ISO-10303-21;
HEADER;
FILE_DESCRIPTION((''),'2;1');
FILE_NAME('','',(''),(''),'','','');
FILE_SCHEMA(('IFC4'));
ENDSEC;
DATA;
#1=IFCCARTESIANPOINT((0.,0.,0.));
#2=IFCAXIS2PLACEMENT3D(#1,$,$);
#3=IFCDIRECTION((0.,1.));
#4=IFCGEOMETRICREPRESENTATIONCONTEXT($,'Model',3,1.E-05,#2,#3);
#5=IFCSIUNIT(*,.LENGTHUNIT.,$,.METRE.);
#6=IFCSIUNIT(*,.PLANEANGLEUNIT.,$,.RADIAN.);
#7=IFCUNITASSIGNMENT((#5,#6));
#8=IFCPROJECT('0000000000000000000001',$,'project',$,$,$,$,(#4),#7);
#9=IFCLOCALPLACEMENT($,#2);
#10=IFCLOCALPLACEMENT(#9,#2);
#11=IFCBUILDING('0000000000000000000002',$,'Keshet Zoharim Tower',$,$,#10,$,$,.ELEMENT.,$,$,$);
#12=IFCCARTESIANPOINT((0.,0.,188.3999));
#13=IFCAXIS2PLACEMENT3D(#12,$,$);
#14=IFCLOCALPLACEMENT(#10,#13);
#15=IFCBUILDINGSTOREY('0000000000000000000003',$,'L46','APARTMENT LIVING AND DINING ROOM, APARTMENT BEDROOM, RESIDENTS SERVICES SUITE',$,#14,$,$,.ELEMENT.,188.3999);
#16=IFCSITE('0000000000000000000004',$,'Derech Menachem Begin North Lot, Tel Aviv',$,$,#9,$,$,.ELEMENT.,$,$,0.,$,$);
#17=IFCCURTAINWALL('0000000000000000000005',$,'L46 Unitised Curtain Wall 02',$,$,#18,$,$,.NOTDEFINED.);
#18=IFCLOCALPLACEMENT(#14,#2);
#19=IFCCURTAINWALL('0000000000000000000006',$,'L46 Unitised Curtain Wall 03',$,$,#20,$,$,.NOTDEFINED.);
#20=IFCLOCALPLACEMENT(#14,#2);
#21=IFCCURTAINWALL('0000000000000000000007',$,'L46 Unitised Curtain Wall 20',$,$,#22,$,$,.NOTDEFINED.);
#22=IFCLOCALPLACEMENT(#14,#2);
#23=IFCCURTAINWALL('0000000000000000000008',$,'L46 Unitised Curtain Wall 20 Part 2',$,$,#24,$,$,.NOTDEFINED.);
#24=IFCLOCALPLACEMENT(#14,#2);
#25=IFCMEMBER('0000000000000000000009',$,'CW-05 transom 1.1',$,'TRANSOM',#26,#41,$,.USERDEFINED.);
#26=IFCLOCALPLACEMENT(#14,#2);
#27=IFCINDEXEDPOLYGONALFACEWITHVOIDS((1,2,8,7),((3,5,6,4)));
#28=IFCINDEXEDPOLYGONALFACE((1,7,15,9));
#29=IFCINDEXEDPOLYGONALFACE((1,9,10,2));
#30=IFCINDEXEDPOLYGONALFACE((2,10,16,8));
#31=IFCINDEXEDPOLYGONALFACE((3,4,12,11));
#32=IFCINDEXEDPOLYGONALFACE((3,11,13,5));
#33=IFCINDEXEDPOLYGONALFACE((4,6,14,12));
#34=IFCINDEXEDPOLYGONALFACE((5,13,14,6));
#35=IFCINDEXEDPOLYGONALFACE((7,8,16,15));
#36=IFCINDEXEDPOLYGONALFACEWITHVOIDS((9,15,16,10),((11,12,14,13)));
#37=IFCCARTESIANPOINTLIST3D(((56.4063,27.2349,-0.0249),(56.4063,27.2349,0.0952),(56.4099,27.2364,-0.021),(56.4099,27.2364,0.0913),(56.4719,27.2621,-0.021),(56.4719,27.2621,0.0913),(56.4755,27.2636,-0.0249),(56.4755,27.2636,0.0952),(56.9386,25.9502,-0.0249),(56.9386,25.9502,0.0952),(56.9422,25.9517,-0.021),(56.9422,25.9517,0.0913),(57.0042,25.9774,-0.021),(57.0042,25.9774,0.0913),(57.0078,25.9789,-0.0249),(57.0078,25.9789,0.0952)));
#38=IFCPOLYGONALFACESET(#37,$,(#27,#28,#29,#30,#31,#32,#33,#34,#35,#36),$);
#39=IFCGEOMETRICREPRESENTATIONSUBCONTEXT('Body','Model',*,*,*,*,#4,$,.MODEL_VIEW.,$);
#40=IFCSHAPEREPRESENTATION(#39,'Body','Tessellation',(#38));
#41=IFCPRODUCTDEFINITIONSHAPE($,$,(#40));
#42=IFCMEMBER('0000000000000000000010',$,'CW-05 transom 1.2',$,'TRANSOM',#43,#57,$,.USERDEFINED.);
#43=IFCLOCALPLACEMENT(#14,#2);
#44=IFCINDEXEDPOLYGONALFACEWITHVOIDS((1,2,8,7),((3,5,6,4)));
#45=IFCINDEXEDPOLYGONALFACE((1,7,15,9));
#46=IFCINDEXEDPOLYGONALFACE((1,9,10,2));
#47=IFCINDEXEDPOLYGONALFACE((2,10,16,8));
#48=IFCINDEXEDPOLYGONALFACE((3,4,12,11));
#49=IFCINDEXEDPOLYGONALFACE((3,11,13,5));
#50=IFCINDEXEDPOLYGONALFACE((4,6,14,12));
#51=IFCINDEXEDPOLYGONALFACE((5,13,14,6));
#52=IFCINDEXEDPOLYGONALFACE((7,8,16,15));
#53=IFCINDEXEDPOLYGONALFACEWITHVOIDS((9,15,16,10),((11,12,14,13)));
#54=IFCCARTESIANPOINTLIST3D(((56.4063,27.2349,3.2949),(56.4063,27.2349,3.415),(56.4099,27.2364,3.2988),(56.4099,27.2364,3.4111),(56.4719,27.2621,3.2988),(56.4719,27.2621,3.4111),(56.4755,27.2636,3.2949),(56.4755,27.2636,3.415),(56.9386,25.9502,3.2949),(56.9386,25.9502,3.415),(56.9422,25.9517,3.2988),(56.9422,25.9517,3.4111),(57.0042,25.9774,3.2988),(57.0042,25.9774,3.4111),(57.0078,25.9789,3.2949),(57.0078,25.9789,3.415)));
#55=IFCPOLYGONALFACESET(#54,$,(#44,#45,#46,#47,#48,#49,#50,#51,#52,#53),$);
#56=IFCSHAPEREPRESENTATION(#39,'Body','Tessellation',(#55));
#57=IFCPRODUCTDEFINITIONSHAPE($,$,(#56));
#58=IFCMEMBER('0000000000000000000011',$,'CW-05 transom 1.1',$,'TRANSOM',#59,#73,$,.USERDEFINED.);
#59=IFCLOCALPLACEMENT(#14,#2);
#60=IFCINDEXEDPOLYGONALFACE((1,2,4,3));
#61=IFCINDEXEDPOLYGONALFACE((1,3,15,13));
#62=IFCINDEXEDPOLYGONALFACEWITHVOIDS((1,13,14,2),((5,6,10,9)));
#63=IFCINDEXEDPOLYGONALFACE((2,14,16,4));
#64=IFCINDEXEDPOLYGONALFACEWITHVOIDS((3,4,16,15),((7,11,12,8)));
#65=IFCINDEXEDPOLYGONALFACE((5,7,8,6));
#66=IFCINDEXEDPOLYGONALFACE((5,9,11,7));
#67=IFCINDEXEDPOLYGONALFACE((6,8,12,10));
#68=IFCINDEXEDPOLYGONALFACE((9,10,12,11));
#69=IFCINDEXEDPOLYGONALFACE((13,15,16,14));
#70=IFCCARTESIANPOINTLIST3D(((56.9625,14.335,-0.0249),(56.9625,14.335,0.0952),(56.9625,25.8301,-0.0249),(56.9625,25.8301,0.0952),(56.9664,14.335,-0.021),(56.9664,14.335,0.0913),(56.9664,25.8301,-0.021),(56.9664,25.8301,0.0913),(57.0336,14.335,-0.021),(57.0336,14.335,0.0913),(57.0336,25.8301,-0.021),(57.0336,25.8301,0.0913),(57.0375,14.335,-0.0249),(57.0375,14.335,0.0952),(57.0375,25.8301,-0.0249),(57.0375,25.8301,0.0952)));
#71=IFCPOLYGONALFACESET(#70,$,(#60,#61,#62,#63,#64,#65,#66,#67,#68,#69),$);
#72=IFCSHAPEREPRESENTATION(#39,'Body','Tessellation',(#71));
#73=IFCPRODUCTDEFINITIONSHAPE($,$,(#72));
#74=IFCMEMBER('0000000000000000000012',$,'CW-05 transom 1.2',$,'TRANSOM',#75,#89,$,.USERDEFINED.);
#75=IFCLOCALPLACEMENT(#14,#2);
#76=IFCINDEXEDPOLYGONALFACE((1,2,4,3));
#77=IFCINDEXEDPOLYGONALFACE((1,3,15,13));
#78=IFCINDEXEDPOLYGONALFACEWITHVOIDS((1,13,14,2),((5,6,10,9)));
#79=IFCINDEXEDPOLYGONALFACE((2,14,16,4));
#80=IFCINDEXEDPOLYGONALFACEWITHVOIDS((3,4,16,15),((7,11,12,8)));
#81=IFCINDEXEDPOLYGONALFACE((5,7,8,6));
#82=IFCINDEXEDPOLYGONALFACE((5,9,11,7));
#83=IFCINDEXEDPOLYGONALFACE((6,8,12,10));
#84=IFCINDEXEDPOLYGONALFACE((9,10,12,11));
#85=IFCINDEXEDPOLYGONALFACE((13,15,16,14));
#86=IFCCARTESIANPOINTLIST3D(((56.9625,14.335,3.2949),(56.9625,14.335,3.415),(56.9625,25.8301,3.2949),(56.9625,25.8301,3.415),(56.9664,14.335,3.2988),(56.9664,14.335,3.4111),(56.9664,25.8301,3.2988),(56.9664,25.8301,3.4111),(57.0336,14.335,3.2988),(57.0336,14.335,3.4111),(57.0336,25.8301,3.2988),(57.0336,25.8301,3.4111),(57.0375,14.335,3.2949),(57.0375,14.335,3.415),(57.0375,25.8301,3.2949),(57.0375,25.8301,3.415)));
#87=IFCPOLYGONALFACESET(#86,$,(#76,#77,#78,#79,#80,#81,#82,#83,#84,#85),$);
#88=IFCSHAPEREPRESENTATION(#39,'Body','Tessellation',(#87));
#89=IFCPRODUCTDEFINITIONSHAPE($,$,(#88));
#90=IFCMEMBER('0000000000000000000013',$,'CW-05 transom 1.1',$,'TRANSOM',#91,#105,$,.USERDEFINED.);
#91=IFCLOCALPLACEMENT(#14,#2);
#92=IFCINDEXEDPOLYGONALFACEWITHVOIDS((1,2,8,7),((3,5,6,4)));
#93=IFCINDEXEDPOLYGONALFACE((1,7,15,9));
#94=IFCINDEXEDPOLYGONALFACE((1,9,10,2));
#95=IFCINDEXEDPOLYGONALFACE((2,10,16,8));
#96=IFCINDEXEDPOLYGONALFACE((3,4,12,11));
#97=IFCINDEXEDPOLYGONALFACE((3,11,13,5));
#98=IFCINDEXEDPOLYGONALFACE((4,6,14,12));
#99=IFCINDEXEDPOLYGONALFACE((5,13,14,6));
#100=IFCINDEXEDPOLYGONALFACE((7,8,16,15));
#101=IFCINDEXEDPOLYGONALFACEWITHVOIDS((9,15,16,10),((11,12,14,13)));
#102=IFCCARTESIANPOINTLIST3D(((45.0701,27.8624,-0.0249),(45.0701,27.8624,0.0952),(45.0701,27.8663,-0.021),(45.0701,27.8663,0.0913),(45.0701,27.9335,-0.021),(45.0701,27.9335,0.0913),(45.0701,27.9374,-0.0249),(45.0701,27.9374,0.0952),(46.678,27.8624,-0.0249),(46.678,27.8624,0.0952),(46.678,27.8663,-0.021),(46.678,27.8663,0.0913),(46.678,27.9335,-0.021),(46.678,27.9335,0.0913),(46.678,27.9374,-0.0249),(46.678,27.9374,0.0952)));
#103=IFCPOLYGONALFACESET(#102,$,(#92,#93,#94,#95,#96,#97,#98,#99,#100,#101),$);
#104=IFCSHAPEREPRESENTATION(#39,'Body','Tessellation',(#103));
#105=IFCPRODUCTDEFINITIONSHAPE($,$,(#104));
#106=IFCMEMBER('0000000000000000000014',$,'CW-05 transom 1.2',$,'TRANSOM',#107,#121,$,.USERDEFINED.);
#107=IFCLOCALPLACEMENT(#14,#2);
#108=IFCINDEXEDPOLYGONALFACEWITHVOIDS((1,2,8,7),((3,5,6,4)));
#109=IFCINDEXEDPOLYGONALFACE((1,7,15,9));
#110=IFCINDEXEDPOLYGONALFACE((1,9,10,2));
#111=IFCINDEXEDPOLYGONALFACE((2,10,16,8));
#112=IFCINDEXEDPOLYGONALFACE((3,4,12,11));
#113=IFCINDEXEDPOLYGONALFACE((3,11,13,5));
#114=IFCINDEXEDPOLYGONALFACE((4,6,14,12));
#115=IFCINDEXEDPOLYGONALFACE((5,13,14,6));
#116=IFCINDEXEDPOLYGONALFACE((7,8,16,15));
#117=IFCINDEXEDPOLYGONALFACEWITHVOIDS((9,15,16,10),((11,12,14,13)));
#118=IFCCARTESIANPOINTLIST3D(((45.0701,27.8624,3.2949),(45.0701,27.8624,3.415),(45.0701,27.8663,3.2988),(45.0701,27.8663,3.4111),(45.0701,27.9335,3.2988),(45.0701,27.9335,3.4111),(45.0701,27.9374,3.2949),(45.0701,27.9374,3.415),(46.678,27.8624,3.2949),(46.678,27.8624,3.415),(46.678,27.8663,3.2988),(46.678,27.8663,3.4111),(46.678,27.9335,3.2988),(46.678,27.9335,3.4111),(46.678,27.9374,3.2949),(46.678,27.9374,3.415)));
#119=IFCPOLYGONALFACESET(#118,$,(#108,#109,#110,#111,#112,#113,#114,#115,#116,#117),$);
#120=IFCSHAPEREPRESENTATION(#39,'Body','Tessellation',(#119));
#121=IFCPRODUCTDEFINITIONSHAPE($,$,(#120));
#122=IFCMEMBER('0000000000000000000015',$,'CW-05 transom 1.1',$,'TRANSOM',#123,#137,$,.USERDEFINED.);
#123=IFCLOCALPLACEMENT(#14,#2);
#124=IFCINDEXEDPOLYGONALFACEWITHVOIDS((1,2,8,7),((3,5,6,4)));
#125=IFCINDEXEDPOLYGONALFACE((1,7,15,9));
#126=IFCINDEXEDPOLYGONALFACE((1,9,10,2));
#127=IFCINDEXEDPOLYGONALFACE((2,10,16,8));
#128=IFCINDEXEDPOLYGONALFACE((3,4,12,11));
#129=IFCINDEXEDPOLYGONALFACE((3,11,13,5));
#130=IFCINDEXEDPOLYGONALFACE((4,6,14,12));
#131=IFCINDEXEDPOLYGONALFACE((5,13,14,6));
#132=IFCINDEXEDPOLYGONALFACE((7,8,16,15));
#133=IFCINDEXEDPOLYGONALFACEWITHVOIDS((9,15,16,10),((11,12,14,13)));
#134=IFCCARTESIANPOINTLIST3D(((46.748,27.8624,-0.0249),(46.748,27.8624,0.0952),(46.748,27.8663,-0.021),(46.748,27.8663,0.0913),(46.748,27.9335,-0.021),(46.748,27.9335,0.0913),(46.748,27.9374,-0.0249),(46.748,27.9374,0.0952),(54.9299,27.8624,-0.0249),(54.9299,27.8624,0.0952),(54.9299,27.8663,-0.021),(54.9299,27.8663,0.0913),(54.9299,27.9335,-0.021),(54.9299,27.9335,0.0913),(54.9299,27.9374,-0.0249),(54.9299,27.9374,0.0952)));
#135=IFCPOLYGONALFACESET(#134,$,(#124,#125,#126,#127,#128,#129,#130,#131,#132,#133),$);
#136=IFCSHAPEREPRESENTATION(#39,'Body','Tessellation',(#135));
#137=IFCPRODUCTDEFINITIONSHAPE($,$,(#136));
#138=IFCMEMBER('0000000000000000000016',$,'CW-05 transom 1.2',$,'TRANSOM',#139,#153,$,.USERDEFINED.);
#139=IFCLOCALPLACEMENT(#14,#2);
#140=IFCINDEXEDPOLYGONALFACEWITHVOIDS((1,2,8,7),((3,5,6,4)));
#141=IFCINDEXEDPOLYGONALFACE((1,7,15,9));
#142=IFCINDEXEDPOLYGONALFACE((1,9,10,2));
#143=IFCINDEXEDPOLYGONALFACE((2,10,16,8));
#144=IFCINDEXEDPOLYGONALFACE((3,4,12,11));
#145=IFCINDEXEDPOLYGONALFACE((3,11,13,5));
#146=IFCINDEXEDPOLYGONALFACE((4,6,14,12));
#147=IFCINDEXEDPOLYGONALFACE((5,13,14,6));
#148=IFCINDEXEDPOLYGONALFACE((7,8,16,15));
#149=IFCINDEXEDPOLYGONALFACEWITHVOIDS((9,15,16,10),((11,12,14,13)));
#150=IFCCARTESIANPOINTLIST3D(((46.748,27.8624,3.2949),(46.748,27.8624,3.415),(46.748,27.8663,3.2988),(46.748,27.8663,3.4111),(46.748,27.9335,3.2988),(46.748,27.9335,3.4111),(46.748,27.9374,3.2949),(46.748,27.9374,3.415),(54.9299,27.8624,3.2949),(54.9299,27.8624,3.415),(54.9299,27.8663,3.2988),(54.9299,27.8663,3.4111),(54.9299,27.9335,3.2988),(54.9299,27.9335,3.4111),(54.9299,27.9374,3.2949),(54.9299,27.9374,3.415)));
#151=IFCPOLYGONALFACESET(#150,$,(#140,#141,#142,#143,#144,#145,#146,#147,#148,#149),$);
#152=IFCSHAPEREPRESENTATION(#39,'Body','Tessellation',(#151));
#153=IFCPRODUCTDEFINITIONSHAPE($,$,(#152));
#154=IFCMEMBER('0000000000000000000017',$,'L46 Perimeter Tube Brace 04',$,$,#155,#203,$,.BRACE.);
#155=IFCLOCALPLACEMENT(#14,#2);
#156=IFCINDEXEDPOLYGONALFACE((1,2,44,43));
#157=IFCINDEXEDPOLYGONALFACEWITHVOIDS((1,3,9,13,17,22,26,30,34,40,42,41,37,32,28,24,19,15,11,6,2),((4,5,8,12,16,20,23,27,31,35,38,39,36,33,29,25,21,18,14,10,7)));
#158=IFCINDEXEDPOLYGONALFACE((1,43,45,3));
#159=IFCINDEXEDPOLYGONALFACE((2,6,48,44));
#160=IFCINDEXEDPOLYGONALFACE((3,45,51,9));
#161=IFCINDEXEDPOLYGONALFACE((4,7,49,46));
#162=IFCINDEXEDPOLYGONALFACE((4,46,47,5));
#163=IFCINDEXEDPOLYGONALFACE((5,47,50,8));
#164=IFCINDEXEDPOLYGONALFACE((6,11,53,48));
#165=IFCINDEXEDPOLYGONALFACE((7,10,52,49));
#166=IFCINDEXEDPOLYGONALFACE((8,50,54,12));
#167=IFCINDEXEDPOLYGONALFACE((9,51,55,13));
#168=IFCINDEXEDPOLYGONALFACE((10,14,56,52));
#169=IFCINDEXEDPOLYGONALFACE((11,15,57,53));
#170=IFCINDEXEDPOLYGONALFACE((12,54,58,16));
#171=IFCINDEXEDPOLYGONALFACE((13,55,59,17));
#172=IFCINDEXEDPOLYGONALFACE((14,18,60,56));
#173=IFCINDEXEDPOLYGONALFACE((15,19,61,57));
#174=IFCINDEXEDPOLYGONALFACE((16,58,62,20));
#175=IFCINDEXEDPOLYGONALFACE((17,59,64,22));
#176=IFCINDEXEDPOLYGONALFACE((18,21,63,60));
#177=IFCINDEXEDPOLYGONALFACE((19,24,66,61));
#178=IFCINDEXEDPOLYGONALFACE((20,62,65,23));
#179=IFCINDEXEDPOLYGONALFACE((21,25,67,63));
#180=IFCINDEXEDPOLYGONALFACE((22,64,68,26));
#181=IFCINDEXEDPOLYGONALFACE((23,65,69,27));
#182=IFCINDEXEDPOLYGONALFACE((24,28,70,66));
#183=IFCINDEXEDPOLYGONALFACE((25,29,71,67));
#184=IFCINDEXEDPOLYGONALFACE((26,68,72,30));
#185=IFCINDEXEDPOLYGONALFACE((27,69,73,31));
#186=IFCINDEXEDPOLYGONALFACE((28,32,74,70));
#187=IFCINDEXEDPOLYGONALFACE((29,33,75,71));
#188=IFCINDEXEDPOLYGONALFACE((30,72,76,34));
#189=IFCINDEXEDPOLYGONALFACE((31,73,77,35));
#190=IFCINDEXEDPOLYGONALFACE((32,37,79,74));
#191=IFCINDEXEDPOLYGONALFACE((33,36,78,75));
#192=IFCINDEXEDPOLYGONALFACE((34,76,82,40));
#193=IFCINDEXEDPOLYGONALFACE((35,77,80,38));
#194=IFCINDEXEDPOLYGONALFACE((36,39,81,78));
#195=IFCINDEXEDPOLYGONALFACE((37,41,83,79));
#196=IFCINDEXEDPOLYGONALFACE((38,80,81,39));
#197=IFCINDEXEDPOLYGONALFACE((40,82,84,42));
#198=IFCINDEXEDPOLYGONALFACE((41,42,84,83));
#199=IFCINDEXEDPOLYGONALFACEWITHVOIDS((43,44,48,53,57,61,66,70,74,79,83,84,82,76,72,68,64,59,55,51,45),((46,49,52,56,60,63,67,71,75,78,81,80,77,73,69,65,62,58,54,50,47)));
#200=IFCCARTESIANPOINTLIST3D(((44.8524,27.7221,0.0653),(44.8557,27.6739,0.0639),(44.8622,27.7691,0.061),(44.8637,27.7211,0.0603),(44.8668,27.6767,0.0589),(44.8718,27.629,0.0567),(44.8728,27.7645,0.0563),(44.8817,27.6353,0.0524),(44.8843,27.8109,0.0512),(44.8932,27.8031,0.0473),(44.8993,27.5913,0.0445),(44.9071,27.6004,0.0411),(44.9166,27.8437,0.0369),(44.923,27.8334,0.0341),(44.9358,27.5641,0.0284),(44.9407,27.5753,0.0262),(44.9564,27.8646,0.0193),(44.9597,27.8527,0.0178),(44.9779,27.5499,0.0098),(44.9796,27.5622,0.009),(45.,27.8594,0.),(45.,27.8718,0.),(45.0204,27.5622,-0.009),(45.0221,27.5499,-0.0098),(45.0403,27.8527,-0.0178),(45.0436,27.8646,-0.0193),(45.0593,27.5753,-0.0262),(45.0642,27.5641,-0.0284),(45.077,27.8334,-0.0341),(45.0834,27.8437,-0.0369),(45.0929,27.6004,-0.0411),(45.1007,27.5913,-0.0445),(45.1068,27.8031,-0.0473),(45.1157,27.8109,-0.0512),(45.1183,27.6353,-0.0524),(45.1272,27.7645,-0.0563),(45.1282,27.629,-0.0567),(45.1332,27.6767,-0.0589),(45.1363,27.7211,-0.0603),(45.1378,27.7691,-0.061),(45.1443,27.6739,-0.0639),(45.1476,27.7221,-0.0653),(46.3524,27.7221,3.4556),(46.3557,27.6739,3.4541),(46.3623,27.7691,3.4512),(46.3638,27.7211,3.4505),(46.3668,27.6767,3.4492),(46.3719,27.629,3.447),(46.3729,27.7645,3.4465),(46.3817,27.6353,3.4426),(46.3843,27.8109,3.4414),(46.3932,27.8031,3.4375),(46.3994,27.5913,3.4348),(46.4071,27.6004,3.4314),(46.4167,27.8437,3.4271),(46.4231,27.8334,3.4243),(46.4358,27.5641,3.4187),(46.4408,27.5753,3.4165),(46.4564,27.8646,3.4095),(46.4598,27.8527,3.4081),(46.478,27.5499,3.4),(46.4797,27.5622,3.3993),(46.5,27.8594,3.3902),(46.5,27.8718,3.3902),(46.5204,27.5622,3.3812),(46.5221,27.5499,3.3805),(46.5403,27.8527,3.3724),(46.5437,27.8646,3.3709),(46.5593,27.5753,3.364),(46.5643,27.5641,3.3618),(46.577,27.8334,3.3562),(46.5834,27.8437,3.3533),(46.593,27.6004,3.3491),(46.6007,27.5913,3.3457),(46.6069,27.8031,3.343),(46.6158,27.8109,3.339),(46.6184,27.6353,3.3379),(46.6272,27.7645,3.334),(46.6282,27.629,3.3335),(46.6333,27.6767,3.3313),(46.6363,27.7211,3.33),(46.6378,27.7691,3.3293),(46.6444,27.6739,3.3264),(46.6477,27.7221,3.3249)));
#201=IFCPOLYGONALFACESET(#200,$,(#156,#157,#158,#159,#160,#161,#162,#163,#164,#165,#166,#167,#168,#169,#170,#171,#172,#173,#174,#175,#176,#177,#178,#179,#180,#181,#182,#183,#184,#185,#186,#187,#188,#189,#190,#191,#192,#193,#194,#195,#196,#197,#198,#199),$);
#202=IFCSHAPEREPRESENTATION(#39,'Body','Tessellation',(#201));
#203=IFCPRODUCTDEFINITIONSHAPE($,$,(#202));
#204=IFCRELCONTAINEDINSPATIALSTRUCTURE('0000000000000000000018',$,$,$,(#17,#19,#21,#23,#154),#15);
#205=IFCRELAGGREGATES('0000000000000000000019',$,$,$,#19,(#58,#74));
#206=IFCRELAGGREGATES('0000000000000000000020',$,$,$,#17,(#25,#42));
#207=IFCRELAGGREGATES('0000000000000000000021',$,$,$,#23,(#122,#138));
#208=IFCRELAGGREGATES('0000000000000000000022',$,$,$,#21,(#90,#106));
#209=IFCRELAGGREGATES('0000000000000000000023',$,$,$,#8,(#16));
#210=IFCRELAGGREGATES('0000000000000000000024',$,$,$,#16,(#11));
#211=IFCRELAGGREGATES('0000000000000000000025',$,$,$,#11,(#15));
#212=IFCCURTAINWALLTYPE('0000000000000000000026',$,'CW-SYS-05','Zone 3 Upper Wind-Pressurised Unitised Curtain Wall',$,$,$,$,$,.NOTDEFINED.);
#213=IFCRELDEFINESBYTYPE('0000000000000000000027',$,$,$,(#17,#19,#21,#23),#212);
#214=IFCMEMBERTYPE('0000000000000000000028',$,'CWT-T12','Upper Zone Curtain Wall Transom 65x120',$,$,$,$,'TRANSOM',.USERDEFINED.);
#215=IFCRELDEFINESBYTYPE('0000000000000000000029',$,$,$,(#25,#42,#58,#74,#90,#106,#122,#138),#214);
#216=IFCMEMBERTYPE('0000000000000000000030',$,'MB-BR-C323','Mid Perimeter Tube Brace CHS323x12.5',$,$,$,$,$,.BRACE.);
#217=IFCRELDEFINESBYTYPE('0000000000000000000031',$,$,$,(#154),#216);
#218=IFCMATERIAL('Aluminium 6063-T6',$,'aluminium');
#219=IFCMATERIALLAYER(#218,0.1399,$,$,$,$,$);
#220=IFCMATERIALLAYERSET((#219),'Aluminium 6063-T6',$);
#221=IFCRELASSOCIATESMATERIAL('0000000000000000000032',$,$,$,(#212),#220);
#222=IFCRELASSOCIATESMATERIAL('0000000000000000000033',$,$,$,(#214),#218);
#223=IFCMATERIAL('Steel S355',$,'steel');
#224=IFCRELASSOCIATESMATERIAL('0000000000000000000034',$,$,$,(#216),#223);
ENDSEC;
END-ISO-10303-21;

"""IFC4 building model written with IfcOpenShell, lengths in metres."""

from ifc_helpers import new_model, si_unit, direction, frame, origin, origin_2d, place, context, subcontext, project, spatial, hollow_rectangle, hollow_circle, extrude, material, layer, layer_set, material_profile, profile_set, type_object, element, aggregate, save


model = new_model("IFC4")

# Units and contexts
model_context = context("Model", 3, precision=1e-05, world=origin(), true_north=direction((0.0, 1.0)))
body_context = subcontext(model_context, "Body", "Model", "MODEL_VIEW")
ifc_project = project(units=[si_unit("LENGTHUNIT", "METRE"), si_unit("PLANEANGLEUNIT", "RADIAN")], contexts=[model_context])

# Site, building, storey
site_placement = place(None, origin())
site = spatial("IfcSite", under=ifc_project, at=site_placement, Name="Derech Menachem Begin North Lot, Tel Aviv", CompositionType="ELEMENT", RefElevation=0.0)
building_placement = place(site_placement, origin())
building = spatial("IfcBuilding", under=site, at=building_placement, Name="Keshet Zoharim Tower", CompositionType="ELEMENT")
storey_placement = place(building_placement, frame((0.0, 0.0, 188.3999)))
storey = spatial("IfcBuildingStorey", under=building, at=storey_placement, Name="L46", Description="APARTMENT LIVING AND DINING ROOM, APARTMENT BEDROOM, RESIDENTS SERVICES SUITE", CompositionType="ELEMENT", Elevation=188.3999)

# Shared definitions
ifc_material_1 = material(Name="Steel S355", Category="steel")

# Curtain wall
ifc_material_2 = material(Name="Aluminium 6063-T6", Category="aluminium")
ifc_layer_1 = layer(ifc_material_2, 0.1399)
ifc_layer_set_1 = layer_set([ifc_layer_1], Name="Aluminium 6063-T6")
curtain_wall_type = type_object("IfcCurtainWallType", Name="CW-SYS-05", Description="Zone 3 Upper Wind-Pressurised Unitised Curtain Wall", PredefinedType="NOTDEFINED", material=ifc_layer_set_1)
curtain_wall_1_placement = place(storey_placement, origin())
curtain_wall_1 = element("IfcCurtainWall", 1, at=curtain_wall_1_placement, inside=storey, type_object=curtain_wall_type, Name="L46 Unitised Curtain Wall 02", PredefinedType="NOTDEFINED")

# Curtain wall
curtain_wall_2_placement = place(storey_placement, origin())
curtain_wall_2 = element("IfcCurtainWall", 2, at=curtain_wall_2_placement, inside=storey, type_object=curtain_wall_type, Name="L46 Unitised Curtain Wall 03", PredefinedType="NOTDEFINED")

# Curtain wall
curtain_wall_3_placement = place(storey_placement, origin())
curtain_wall_3 = element("IfcCurtainWall", 3, at=curtain_wall_3_placement, inside=storey, type_object=curtain_wall_type, Name="L46 Unitised Curtain Wall 20", PredefinedType="NOTDEFINED")

# Curtain wall
curtain_wall_4_placement = place(storey_placement, origin())
curtain_wall_4 = element("IfcCurtainWall", 4, at=curtain_wall_4_placement, inside=storey, type_object=curtain_wall_type, Name="L46 Unitised Curtain Wall 20 Part 2", PredefinedType="NOTDEFINED")

# Members
ifc_material_profile_1 = material_profile(ifc_material_2, hollow_rectangle(XDim=0.075, YDim=0.1201, WallThickness=0.0039, at=origin_2d()), Name="TRN-75x120")
ifc_profile_set_1 = profile_set([ifc_material_profile_1], Name="Aluminium 6063-T6")
member_type_1 = type_object("IfcMemberType", Name="CWT-T12", Description="Upper Zone Curtain Wall Transom 65x120", ElementType="TRANSOM", PredefinedType="USERDEFINED", material=ifc_profile_set_1)
member_1_placement = place(storey_placement, frame((56.4409, 27.2493, 0.0352), z_axis=(0.382745, -0.923854, 0.0), x_axis=(0.923854, 0.382745, 0.0)))
member_1 = element("IfcMember", 5, at=member_1_placement, type_object=member_type_1, Name="CW-05 transom 1.1", ObjectType="TRANSOM", PredefinedType="USERDEFINED", context=body_context, shape_type="SweptSolid", body=[
    extrude(hollow_rectangle(XDim=0.075, YDim=0.1201, WallThickness=0.0039, at=origin_2d()), origin(), (0.0, 0.0, 1.0), 1.3906),
])
member_2_placement = place(storey_placement, frame((56.4409, 27.2493, 3.355), z_axis=(0.382745, -0.923854, 0.0), x_axis=(0.923854, 0.382745, 0.0)))
member_2 = element("IfcMember", 6, at=member_2_placement, type_object=member_type_1, Name="CW-05 transom 1.2", ObjectType="TRANSOM", PredefinedType="USERDEFINED", context=body_context, shape_type="SweptSolid", body=[
    extrude(hollow_rectangle(XDim=0.075, YDim=0.1201, WallThickness=0.0039, at=origin_2d()), origin(), (0.0, 0.0, 1.0), 1.3906),
])
member_3_placement = place(storey_placement, frame((57.0, 25.8301, 0.0352), z_axis=(0.0, -1.0, 0.0), x_axis=(1.0, 0.0, 0.0)))
member_3 = element("IfcMember", 7, at=member_3_placement, type_object=member_type_1, Name="CW-05 transom 1.1", ObjectType="TRANSOM", PredefinedType="USERDEFINED", context=body_context, shape_type="SweptSolid", body=[
    extrude(hollow_rectangle(XDim=0.075, YDim=0.1201, WallThickness=0.0039, at=origin_2d()), origin(), (0.0, 0.0, 1.0), 11.4951),
])
member_4_placement = place(storey_placement, frame((57.0, 25.8301, 3.355), z_axis=(0.0, -1.0, 0.0), x_axis=(1.0, 0.0, 0.0)))
member_4 = element("IfcMember", 8, at=member_4_placement, type_object=member_type_1, Name="CW-05 transom 1.2", ObjectType="TRANSOM", PredefinedType="USERDEFINED", context=body_context, shape_type="SweptSolid", body=[
    extrude(hollow_rectangle(XDim=0.075, YDim=0.1201, WallThickness=0.0039, at=origin_2d()), origin(), (0.0, 0.0, 1.0), 11.4951),
])
aggregate(curtain_wall_2, [member_3, member_4])
member_5_placement = place(storey_placement, frame((45.0701, 27.8999, 0.0352), z_axis=(1.0, 0.0, 0.0), x_axis=(0.0, 1.0, 0.0)))
member_5 = element("IfcMember", 9, at=member_5_placement, type_object=member_type_1, Name="CW-05 transom 1.1", ObjectType="TRANSOM", PredefinedType="USERDEFINED", context=body_context, shape_type="SweptSolid", body=[
    extrude(hollow_rectangle(XDim=0.075, YDim=0.1201, WallThickness=0.0039, at=origin_2d()), origin(), (0.0, 0.0, 1.0), 1.6079),
])
member_6_placement = place(storey_placement, frame((45.0701, 27.8999, 3.355), z_axis=(1.0, 0.0, 0.0), x_axis=(0.0, 1.0, 0.0)))
member_6 = element("IfcMember", 10, at=member_6_placement, type_object=member_type_1, Name="CW-05 transom 1.2", ObjectType="TRANSOM", PredefinedType="USERDEFINED", context=body_context, shape_type="SweptSolid", body=[
    extrude(hollow_rectangle(XDim=0.075, YDim=0.1201, WallThickness=0.0039, at=origin_2d()), origin(), (0.0, 0.0, 1.0), 1.6079),
])
member_7_placement = place(storey_placement, frame((46.748, 27.8999, 0.0352), z_axis=(1.0, 0.0, 0.0), x_axis=(0.0, 1.0, 0.0)))
member_7 = element("IfcMember", 11, at=member_7_placement, type_object=member_type_1, Name="CW-05 transom 1.1", ObjectType="TRANSOM", PredefinedType="USERDEFINED", context=body_context, shape_type="SweptSolid", body=[
    extrude(hollow_rectangle(XDim=0.075, YDim=0.1201, WallThickness=0.0039, at=origin_2d()), origin(), (0.0, 0.0, 1.0), 8.1819),
])
member_8_placement = place(storey_placement, frame((46.748, 27.8999, 3.355), z_axis=(1.0, 0.0, 0.0), x_axis=(0.0, 1.0, 0.0)))
member_8 = element("IfcMember", 12, at=member_8_placement, type_object=member_type_1, Name="CW-05 transom 1.2", ObjectType="TRANSOM", PredefinedType="USERDEFINED", context=body_context, shape_type="SweptSolid", body=[
    extrude(hollow_rectangle(XDim=0.075, YDim=0.1201, WallThickness=0.0039, at=origin_2d()), origin(), (0.0, 0.0, 1.0), 8.1819),
])
ifc_material_profile_2 = material_profile(ifc_material_1, hollow_circle(Radius=0.1619, WallThickness=0.0125, at=origin_2d()), Name="CHS323x12.5")
ifc_profile_set_2 = profile_set([ifc_material_profile_2], Name="Steel S355")
member_type_2 = type_object("IfcMemberType", Name="MB-BR-C323", Description="Mid Perimeter Tube Brace CHS323x12.5", PredefinedType="BRACE", material=ifc_profile_set_2)
member_9_placement = place(storey_placement, frame((45.0, 27.71, 0.0), z_axis=(0.404623, 0.0, 0.914484), x_axis=(0.0, 1.0, 0.0)))
element("IfcMember", 13, at=member_9_placement, inside=storey, type_object=member_type_2, Name="L46 Perimeter Tube Brace 04", PredefinedType="BRACE", context=body_context, shape_type="SweptSolid", body=[
    extrude(hollow_circle(Radius=0.1619, WallThickness=0.0125, at=origin_2d()), origin(), (0.0, 0.0, 1.0), 3.7073),
])

aggregate(curtain_wall_1, [member_1, member_2])
aggregate(curtain_wall_4, [member_7, member_8])
aggregate(curtain_wall_3, [member_5, member_6])

save(model, "model.ifc")
